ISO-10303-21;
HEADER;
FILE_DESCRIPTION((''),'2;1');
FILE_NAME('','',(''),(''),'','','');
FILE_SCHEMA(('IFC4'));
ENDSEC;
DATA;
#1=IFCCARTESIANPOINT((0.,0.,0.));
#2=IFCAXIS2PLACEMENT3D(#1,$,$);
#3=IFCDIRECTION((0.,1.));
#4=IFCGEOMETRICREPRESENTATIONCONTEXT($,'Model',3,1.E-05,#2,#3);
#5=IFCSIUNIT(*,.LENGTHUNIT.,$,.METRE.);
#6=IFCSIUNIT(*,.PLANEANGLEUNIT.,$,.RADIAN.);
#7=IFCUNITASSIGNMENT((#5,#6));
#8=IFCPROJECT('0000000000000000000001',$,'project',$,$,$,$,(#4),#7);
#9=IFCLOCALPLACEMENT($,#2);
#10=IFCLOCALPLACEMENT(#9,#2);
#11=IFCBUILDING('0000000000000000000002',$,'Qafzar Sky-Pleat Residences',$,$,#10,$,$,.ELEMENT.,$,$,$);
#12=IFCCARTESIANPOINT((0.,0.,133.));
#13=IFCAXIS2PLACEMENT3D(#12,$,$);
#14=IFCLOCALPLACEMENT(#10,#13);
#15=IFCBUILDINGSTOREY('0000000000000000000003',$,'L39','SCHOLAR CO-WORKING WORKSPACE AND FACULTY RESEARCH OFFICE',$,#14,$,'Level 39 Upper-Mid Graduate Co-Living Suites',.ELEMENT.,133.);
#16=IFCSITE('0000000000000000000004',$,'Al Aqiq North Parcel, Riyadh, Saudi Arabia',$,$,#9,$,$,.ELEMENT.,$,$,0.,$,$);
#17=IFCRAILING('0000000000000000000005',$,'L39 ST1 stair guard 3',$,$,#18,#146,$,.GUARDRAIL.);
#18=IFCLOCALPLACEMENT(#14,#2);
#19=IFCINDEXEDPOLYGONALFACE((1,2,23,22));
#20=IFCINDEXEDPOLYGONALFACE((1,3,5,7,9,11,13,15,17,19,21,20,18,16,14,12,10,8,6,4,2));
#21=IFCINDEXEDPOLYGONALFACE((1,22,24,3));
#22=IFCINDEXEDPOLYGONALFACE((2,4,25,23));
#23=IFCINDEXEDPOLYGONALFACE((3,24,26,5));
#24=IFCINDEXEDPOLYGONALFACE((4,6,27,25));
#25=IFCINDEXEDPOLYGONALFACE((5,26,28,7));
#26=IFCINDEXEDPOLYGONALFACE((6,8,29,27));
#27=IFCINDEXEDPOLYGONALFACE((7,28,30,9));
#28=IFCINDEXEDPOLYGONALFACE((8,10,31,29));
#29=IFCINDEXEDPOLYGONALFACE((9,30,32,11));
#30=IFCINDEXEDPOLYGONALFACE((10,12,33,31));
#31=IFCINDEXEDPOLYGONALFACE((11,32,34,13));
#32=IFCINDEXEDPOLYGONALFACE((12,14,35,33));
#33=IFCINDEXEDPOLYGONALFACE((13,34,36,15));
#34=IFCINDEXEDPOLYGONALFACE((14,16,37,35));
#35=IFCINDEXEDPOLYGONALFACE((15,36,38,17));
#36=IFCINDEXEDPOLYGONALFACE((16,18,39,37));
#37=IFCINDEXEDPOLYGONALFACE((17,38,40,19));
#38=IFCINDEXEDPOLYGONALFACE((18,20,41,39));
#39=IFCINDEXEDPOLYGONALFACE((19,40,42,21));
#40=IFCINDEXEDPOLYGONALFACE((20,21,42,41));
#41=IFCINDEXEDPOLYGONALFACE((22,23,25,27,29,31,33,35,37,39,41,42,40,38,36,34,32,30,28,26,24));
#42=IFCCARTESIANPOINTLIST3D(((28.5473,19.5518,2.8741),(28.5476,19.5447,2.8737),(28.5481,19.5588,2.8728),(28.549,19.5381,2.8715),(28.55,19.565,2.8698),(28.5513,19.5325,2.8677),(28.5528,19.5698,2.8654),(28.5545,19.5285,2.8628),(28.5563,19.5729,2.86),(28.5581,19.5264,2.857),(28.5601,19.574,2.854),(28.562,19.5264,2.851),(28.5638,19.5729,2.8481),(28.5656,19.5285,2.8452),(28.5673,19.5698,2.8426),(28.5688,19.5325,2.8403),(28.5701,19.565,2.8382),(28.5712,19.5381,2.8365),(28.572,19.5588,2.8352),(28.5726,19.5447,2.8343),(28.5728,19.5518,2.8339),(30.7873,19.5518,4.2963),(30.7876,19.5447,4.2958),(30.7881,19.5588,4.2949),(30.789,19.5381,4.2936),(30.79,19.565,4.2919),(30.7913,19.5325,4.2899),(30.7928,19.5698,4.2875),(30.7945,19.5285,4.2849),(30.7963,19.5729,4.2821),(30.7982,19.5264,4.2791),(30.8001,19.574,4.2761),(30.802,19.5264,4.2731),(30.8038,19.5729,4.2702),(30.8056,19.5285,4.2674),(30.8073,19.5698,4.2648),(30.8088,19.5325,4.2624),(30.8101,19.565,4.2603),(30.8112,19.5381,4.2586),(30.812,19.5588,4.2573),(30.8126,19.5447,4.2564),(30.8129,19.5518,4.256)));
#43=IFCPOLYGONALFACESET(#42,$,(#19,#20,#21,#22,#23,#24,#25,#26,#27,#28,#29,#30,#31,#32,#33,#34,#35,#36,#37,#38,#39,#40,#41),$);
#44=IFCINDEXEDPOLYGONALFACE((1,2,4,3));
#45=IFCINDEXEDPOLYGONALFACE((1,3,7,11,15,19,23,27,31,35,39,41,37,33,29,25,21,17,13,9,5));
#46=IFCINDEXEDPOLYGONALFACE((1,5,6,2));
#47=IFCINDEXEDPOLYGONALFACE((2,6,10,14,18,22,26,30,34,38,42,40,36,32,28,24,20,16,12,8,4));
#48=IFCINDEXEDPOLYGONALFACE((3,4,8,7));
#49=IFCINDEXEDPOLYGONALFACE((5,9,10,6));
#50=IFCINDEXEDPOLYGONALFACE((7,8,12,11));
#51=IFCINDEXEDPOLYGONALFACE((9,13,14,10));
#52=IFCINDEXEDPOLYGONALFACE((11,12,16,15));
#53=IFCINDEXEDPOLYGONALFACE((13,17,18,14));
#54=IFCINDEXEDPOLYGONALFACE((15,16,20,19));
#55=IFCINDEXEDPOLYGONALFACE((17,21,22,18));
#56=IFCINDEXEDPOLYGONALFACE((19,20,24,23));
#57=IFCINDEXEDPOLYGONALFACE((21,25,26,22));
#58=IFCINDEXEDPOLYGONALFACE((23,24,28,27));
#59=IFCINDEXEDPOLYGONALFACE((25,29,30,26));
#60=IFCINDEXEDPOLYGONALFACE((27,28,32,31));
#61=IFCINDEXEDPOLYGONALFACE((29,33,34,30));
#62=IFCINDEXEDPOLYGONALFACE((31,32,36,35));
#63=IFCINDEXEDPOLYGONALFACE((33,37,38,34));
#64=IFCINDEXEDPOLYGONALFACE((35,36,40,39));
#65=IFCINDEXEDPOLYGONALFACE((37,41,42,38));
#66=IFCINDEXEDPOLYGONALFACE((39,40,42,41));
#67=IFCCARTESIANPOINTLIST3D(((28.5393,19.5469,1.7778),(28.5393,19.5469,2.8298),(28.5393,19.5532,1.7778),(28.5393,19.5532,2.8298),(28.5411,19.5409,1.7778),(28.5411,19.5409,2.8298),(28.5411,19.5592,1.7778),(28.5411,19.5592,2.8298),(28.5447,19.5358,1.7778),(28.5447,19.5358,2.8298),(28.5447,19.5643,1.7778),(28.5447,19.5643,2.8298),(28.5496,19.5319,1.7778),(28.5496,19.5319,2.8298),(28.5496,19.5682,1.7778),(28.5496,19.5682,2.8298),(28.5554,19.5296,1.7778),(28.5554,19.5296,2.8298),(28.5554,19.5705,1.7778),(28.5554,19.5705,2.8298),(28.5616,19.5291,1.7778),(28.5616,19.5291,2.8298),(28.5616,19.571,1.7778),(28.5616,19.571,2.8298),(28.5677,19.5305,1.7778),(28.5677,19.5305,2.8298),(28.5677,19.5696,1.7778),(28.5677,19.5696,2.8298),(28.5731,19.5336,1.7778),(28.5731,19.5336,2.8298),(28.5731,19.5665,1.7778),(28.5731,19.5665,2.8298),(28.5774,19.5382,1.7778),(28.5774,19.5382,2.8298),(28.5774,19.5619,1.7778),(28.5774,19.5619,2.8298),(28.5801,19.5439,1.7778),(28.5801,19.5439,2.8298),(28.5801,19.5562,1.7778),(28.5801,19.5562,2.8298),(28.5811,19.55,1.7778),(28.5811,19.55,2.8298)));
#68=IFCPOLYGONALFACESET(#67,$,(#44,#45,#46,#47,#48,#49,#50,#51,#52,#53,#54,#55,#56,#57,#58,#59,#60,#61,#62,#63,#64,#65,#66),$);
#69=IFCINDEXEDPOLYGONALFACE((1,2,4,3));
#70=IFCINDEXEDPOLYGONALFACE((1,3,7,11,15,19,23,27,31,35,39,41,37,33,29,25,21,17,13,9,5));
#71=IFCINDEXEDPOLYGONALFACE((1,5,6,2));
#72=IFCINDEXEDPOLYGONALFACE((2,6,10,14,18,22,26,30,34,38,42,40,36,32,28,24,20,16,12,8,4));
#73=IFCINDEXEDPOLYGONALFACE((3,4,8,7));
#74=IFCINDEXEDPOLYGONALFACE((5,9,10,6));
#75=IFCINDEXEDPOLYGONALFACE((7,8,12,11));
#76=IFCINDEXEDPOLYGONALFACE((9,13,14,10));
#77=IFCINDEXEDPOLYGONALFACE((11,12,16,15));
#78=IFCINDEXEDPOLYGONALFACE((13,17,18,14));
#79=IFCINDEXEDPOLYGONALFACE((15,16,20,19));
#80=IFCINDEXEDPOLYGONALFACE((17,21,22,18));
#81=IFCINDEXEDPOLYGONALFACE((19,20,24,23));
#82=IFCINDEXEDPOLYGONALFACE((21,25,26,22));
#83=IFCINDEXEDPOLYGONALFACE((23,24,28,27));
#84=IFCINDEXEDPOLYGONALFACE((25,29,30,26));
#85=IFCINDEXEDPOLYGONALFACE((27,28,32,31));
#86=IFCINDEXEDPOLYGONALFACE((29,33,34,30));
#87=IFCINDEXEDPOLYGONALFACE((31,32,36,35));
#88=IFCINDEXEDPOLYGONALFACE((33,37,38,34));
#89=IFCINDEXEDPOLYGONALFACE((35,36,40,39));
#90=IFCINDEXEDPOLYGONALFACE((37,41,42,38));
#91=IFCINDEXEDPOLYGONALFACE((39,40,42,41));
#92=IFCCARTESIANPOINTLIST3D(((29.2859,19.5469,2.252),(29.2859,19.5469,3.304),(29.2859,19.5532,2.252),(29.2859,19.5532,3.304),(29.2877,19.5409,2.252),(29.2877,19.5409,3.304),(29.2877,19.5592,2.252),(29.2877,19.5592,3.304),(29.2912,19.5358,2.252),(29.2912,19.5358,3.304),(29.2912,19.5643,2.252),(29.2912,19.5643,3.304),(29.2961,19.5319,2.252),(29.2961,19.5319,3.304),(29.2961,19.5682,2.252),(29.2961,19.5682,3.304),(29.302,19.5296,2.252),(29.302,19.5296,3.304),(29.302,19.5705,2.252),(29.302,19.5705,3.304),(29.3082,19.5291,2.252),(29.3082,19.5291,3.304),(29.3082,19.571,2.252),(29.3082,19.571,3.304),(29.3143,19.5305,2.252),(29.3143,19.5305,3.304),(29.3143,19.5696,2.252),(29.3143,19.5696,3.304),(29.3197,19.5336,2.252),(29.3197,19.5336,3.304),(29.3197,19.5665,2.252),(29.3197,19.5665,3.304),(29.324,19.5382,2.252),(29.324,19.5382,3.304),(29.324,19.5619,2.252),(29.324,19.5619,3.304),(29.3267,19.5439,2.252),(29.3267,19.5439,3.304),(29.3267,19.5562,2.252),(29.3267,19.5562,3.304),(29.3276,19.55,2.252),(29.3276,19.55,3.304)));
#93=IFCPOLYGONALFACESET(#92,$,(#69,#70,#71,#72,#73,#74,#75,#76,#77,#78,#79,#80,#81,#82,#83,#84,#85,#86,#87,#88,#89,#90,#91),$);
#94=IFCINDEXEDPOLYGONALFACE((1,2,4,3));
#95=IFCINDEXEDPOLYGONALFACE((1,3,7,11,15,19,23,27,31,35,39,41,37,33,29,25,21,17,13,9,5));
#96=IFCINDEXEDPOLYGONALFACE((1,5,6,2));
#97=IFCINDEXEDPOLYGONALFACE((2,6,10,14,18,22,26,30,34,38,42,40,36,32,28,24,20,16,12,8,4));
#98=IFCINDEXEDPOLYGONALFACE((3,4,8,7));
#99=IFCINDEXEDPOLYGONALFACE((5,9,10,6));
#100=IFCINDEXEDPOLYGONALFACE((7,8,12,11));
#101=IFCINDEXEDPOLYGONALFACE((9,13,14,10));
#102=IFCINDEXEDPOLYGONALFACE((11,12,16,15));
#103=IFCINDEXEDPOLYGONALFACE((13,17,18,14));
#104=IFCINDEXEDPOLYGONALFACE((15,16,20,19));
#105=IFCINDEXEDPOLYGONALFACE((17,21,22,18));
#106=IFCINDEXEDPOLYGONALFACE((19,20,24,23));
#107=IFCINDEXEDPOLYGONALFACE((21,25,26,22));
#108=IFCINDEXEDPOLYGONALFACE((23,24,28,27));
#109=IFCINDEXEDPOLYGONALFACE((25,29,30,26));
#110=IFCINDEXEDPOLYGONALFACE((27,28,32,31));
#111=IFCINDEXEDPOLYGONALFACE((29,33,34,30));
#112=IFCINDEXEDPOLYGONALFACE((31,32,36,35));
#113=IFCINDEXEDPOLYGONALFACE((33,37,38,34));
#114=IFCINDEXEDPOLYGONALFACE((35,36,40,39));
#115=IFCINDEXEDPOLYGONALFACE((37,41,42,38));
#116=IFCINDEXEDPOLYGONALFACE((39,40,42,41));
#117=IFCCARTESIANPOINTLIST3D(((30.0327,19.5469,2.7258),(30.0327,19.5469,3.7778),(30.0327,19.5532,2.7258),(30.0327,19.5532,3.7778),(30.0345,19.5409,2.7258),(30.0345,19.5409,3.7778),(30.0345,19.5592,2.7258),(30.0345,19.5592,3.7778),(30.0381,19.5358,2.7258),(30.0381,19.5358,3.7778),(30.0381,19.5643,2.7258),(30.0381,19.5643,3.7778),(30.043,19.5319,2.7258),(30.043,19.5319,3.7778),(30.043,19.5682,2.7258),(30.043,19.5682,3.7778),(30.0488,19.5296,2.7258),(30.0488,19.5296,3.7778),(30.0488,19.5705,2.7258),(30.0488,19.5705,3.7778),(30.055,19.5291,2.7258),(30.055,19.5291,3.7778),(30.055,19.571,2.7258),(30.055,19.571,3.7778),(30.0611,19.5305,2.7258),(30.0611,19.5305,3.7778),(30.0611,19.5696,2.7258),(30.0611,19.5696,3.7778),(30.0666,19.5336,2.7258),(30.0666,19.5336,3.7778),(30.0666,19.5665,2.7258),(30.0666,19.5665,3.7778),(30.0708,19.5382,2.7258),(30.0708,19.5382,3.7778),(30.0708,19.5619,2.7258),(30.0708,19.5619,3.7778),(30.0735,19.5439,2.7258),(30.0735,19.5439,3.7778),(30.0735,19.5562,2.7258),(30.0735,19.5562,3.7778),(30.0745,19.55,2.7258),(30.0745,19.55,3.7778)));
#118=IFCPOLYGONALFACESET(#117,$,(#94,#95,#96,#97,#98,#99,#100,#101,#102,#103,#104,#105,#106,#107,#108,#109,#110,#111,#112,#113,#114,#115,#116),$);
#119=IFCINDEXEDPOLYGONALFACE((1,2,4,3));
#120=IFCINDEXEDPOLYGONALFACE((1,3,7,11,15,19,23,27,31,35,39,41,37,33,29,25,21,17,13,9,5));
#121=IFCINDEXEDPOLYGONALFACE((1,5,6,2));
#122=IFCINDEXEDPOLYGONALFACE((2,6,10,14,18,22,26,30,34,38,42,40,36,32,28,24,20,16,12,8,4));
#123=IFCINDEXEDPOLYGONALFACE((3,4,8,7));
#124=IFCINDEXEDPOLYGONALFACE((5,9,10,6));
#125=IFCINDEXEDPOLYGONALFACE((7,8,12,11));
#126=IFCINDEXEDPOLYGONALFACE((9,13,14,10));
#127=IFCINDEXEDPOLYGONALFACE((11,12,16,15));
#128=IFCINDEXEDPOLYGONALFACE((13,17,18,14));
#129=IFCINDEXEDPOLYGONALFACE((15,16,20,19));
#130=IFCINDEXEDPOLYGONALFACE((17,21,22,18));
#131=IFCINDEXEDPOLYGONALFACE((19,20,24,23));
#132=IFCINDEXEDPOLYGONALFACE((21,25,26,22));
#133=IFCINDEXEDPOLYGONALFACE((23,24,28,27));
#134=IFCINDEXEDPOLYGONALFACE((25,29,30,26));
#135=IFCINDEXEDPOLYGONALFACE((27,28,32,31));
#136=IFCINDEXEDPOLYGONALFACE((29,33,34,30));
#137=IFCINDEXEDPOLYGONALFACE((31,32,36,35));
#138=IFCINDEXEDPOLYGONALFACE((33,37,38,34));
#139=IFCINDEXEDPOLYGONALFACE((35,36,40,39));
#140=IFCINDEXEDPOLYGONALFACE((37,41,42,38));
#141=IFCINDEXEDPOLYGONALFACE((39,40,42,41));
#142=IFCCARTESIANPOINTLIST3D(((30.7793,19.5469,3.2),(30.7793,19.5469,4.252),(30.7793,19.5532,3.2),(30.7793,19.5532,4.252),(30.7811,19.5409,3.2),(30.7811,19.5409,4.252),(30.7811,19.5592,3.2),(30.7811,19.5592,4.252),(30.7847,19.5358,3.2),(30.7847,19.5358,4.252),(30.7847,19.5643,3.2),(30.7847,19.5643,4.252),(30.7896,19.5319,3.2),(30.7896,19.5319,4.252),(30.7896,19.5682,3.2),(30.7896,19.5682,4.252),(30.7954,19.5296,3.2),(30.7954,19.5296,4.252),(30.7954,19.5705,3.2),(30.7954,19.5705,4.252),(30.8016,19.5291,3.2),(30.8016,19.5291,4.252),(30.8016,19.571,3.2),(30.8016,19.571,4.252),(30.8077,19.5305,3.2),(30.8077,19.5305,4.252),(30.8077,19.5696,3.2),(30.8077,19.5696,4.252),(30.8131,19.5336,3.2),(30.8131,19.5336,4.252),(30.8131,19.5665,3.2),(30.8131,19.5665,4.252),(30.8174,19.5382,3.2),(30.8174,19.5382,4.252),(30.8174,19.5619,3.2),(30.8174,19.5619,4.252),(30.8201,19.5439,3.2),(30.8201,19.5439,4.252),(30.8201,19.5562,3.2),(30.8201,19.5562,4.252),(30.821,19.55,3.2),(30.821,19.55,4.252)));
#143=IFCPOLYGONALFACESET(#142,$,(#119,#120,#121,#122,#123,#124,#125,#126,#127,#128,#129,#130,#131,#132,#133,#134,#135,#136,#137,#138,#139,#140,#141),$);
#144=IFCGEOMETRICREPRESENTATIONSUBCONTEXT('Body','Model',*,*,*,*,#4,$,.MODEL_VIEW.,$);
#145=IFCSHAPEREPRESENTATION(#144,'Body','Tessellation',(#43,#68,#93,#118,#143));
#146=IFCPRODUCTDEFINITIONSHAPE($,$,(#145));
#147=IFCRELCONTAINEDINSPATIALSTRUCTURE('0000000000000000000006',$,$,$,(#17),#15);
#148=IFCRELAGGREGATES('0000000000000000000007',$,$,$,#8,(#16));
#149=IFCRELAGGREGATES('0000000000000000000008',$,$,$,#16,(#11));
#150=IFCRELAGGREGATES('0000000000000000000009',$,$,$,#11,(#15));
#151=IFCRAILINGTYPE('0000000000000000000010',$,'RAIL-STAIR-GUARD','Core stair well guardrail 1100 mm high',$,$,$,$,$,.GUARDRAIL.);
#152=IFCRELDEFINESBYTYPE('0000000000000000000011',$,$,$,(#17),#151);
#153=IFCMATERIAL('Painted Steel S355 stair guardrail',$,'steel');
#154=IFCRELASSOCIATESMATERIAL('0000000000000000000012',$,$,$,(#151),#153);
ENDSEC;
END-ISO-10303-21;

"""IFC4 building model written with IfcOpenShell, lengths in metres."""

from ifc_helpers import new_model, si_unit, direction, frame, origin, origin_2d, place, context, subcontext, project, spatial, circle, extrude, source, transform, mapped, material, type_object, element, save


model = new_model("IFC4")

# Units and contexts
model_context = context("Model", 3, precision=1e-05, world=origin(), true_north=direction((0.0, 1.0)))
body_context = subcontext(model_context, "Body", "Model", "MODEL_VIEW")
ifc_project = project(units=[si_unit("LENGTHUNIT", "METRE"), si_unit("PLANEANGLEUNIT", "RADIAN")], contexts=[model_context])

# Site, building, storey
site_placement = place(None, origin())
site = spatial("IfcSite", under=ifc_project, at=site_placement, Name="Al Aqiq North Parcel, Riyadh, Saudi Arabia", CompositionType="ELEMENT", RefElevation=0.0)
building_placement = place(site_placement, origin())
building = spatial("IfcBuilding", under=site, at=building_placement, Name="Qafzar Sky-Pleat Residences", CompositionType="ELEMENT")
storey_placement = place(building_placement, frame((0.0, 0.0, 133.0)))
storey = spatial("IfcBuildingStorey", under=building, at=storey_placement, Name="L39", Description="SCHOLAR CO-WORKING WORKSPACE AND FACULTY RESEARCH OFFICE", LongName="Level 39 Upper-Mid Graduate Co-Living Suites", CompositionType="ELEMENT", Elevation=133.0)

# Railing
ifc_material_1 = material(Name="Painted Steel S355 stair guardrail", Category="steel")
railing_type_1 = type_object("IfcRailingType", Name="RAIL-STAIR-GUARD", Description="Core stair well guardrail 1100 mm high", PredefinedType="GUARDRAIL", material=ifc_material_1)
shared_shape_1 = source(origin(), body_context, "Body", "SweptSolid", [
    extrude(circle(Radius=0.0239, at=origin_2d()), frame((0.0, 0.0, 1.0762), z_axis=(0.844229, 0.0, 0.535982), x_axis=(0.0, 1.0, 0.0)), (0.0, 0.0, 1.0), 2.6533),
    extrude(circle(Radius=0.021, at=origin_2d()), origin(), (0.0, 0.0, 1.0), 1.052),
    extrude(circle(Radius=0.021, at=origin_2d()), frame((0.7466, 0.0, 0.4741)), (0.0, 0.0, 1.0), 1.052),
    extrude(circle(Radius=0.021, at=origin_2d()), frame((1.4934, 0.0, 0.948)), (0.0, 0.0, 1.0), 1.052),
    extrude(circle(Radius=0.021, at=origin_2d()), frame((2.24, 0.0, 1.4221)), (0.0, 0.0, 1.0), 1.052),
])
railing_1_placement = place(storey_placement, frame((28.5601, 19.55, 1.7778)))
element("IfcRailing", 1, at=railing_1_placement, inside=storey, type_object=railing_type_1, Name="L39 ST1 stair guard 3", PredefinedType="GUARDRAIL", context=body_context, shape_type="MappedRepresentation", body=[
    mapped(shared_shape_1, transform((0.0, 0.0, 0.0), x_axis=(1.0, 0.0, 0.0), y_axis=(0.0, 1.0, 0.0), z_axis=(0.0, 0.0, 1.0), scale=1.0)),
])

save(model, "model.ifc")
